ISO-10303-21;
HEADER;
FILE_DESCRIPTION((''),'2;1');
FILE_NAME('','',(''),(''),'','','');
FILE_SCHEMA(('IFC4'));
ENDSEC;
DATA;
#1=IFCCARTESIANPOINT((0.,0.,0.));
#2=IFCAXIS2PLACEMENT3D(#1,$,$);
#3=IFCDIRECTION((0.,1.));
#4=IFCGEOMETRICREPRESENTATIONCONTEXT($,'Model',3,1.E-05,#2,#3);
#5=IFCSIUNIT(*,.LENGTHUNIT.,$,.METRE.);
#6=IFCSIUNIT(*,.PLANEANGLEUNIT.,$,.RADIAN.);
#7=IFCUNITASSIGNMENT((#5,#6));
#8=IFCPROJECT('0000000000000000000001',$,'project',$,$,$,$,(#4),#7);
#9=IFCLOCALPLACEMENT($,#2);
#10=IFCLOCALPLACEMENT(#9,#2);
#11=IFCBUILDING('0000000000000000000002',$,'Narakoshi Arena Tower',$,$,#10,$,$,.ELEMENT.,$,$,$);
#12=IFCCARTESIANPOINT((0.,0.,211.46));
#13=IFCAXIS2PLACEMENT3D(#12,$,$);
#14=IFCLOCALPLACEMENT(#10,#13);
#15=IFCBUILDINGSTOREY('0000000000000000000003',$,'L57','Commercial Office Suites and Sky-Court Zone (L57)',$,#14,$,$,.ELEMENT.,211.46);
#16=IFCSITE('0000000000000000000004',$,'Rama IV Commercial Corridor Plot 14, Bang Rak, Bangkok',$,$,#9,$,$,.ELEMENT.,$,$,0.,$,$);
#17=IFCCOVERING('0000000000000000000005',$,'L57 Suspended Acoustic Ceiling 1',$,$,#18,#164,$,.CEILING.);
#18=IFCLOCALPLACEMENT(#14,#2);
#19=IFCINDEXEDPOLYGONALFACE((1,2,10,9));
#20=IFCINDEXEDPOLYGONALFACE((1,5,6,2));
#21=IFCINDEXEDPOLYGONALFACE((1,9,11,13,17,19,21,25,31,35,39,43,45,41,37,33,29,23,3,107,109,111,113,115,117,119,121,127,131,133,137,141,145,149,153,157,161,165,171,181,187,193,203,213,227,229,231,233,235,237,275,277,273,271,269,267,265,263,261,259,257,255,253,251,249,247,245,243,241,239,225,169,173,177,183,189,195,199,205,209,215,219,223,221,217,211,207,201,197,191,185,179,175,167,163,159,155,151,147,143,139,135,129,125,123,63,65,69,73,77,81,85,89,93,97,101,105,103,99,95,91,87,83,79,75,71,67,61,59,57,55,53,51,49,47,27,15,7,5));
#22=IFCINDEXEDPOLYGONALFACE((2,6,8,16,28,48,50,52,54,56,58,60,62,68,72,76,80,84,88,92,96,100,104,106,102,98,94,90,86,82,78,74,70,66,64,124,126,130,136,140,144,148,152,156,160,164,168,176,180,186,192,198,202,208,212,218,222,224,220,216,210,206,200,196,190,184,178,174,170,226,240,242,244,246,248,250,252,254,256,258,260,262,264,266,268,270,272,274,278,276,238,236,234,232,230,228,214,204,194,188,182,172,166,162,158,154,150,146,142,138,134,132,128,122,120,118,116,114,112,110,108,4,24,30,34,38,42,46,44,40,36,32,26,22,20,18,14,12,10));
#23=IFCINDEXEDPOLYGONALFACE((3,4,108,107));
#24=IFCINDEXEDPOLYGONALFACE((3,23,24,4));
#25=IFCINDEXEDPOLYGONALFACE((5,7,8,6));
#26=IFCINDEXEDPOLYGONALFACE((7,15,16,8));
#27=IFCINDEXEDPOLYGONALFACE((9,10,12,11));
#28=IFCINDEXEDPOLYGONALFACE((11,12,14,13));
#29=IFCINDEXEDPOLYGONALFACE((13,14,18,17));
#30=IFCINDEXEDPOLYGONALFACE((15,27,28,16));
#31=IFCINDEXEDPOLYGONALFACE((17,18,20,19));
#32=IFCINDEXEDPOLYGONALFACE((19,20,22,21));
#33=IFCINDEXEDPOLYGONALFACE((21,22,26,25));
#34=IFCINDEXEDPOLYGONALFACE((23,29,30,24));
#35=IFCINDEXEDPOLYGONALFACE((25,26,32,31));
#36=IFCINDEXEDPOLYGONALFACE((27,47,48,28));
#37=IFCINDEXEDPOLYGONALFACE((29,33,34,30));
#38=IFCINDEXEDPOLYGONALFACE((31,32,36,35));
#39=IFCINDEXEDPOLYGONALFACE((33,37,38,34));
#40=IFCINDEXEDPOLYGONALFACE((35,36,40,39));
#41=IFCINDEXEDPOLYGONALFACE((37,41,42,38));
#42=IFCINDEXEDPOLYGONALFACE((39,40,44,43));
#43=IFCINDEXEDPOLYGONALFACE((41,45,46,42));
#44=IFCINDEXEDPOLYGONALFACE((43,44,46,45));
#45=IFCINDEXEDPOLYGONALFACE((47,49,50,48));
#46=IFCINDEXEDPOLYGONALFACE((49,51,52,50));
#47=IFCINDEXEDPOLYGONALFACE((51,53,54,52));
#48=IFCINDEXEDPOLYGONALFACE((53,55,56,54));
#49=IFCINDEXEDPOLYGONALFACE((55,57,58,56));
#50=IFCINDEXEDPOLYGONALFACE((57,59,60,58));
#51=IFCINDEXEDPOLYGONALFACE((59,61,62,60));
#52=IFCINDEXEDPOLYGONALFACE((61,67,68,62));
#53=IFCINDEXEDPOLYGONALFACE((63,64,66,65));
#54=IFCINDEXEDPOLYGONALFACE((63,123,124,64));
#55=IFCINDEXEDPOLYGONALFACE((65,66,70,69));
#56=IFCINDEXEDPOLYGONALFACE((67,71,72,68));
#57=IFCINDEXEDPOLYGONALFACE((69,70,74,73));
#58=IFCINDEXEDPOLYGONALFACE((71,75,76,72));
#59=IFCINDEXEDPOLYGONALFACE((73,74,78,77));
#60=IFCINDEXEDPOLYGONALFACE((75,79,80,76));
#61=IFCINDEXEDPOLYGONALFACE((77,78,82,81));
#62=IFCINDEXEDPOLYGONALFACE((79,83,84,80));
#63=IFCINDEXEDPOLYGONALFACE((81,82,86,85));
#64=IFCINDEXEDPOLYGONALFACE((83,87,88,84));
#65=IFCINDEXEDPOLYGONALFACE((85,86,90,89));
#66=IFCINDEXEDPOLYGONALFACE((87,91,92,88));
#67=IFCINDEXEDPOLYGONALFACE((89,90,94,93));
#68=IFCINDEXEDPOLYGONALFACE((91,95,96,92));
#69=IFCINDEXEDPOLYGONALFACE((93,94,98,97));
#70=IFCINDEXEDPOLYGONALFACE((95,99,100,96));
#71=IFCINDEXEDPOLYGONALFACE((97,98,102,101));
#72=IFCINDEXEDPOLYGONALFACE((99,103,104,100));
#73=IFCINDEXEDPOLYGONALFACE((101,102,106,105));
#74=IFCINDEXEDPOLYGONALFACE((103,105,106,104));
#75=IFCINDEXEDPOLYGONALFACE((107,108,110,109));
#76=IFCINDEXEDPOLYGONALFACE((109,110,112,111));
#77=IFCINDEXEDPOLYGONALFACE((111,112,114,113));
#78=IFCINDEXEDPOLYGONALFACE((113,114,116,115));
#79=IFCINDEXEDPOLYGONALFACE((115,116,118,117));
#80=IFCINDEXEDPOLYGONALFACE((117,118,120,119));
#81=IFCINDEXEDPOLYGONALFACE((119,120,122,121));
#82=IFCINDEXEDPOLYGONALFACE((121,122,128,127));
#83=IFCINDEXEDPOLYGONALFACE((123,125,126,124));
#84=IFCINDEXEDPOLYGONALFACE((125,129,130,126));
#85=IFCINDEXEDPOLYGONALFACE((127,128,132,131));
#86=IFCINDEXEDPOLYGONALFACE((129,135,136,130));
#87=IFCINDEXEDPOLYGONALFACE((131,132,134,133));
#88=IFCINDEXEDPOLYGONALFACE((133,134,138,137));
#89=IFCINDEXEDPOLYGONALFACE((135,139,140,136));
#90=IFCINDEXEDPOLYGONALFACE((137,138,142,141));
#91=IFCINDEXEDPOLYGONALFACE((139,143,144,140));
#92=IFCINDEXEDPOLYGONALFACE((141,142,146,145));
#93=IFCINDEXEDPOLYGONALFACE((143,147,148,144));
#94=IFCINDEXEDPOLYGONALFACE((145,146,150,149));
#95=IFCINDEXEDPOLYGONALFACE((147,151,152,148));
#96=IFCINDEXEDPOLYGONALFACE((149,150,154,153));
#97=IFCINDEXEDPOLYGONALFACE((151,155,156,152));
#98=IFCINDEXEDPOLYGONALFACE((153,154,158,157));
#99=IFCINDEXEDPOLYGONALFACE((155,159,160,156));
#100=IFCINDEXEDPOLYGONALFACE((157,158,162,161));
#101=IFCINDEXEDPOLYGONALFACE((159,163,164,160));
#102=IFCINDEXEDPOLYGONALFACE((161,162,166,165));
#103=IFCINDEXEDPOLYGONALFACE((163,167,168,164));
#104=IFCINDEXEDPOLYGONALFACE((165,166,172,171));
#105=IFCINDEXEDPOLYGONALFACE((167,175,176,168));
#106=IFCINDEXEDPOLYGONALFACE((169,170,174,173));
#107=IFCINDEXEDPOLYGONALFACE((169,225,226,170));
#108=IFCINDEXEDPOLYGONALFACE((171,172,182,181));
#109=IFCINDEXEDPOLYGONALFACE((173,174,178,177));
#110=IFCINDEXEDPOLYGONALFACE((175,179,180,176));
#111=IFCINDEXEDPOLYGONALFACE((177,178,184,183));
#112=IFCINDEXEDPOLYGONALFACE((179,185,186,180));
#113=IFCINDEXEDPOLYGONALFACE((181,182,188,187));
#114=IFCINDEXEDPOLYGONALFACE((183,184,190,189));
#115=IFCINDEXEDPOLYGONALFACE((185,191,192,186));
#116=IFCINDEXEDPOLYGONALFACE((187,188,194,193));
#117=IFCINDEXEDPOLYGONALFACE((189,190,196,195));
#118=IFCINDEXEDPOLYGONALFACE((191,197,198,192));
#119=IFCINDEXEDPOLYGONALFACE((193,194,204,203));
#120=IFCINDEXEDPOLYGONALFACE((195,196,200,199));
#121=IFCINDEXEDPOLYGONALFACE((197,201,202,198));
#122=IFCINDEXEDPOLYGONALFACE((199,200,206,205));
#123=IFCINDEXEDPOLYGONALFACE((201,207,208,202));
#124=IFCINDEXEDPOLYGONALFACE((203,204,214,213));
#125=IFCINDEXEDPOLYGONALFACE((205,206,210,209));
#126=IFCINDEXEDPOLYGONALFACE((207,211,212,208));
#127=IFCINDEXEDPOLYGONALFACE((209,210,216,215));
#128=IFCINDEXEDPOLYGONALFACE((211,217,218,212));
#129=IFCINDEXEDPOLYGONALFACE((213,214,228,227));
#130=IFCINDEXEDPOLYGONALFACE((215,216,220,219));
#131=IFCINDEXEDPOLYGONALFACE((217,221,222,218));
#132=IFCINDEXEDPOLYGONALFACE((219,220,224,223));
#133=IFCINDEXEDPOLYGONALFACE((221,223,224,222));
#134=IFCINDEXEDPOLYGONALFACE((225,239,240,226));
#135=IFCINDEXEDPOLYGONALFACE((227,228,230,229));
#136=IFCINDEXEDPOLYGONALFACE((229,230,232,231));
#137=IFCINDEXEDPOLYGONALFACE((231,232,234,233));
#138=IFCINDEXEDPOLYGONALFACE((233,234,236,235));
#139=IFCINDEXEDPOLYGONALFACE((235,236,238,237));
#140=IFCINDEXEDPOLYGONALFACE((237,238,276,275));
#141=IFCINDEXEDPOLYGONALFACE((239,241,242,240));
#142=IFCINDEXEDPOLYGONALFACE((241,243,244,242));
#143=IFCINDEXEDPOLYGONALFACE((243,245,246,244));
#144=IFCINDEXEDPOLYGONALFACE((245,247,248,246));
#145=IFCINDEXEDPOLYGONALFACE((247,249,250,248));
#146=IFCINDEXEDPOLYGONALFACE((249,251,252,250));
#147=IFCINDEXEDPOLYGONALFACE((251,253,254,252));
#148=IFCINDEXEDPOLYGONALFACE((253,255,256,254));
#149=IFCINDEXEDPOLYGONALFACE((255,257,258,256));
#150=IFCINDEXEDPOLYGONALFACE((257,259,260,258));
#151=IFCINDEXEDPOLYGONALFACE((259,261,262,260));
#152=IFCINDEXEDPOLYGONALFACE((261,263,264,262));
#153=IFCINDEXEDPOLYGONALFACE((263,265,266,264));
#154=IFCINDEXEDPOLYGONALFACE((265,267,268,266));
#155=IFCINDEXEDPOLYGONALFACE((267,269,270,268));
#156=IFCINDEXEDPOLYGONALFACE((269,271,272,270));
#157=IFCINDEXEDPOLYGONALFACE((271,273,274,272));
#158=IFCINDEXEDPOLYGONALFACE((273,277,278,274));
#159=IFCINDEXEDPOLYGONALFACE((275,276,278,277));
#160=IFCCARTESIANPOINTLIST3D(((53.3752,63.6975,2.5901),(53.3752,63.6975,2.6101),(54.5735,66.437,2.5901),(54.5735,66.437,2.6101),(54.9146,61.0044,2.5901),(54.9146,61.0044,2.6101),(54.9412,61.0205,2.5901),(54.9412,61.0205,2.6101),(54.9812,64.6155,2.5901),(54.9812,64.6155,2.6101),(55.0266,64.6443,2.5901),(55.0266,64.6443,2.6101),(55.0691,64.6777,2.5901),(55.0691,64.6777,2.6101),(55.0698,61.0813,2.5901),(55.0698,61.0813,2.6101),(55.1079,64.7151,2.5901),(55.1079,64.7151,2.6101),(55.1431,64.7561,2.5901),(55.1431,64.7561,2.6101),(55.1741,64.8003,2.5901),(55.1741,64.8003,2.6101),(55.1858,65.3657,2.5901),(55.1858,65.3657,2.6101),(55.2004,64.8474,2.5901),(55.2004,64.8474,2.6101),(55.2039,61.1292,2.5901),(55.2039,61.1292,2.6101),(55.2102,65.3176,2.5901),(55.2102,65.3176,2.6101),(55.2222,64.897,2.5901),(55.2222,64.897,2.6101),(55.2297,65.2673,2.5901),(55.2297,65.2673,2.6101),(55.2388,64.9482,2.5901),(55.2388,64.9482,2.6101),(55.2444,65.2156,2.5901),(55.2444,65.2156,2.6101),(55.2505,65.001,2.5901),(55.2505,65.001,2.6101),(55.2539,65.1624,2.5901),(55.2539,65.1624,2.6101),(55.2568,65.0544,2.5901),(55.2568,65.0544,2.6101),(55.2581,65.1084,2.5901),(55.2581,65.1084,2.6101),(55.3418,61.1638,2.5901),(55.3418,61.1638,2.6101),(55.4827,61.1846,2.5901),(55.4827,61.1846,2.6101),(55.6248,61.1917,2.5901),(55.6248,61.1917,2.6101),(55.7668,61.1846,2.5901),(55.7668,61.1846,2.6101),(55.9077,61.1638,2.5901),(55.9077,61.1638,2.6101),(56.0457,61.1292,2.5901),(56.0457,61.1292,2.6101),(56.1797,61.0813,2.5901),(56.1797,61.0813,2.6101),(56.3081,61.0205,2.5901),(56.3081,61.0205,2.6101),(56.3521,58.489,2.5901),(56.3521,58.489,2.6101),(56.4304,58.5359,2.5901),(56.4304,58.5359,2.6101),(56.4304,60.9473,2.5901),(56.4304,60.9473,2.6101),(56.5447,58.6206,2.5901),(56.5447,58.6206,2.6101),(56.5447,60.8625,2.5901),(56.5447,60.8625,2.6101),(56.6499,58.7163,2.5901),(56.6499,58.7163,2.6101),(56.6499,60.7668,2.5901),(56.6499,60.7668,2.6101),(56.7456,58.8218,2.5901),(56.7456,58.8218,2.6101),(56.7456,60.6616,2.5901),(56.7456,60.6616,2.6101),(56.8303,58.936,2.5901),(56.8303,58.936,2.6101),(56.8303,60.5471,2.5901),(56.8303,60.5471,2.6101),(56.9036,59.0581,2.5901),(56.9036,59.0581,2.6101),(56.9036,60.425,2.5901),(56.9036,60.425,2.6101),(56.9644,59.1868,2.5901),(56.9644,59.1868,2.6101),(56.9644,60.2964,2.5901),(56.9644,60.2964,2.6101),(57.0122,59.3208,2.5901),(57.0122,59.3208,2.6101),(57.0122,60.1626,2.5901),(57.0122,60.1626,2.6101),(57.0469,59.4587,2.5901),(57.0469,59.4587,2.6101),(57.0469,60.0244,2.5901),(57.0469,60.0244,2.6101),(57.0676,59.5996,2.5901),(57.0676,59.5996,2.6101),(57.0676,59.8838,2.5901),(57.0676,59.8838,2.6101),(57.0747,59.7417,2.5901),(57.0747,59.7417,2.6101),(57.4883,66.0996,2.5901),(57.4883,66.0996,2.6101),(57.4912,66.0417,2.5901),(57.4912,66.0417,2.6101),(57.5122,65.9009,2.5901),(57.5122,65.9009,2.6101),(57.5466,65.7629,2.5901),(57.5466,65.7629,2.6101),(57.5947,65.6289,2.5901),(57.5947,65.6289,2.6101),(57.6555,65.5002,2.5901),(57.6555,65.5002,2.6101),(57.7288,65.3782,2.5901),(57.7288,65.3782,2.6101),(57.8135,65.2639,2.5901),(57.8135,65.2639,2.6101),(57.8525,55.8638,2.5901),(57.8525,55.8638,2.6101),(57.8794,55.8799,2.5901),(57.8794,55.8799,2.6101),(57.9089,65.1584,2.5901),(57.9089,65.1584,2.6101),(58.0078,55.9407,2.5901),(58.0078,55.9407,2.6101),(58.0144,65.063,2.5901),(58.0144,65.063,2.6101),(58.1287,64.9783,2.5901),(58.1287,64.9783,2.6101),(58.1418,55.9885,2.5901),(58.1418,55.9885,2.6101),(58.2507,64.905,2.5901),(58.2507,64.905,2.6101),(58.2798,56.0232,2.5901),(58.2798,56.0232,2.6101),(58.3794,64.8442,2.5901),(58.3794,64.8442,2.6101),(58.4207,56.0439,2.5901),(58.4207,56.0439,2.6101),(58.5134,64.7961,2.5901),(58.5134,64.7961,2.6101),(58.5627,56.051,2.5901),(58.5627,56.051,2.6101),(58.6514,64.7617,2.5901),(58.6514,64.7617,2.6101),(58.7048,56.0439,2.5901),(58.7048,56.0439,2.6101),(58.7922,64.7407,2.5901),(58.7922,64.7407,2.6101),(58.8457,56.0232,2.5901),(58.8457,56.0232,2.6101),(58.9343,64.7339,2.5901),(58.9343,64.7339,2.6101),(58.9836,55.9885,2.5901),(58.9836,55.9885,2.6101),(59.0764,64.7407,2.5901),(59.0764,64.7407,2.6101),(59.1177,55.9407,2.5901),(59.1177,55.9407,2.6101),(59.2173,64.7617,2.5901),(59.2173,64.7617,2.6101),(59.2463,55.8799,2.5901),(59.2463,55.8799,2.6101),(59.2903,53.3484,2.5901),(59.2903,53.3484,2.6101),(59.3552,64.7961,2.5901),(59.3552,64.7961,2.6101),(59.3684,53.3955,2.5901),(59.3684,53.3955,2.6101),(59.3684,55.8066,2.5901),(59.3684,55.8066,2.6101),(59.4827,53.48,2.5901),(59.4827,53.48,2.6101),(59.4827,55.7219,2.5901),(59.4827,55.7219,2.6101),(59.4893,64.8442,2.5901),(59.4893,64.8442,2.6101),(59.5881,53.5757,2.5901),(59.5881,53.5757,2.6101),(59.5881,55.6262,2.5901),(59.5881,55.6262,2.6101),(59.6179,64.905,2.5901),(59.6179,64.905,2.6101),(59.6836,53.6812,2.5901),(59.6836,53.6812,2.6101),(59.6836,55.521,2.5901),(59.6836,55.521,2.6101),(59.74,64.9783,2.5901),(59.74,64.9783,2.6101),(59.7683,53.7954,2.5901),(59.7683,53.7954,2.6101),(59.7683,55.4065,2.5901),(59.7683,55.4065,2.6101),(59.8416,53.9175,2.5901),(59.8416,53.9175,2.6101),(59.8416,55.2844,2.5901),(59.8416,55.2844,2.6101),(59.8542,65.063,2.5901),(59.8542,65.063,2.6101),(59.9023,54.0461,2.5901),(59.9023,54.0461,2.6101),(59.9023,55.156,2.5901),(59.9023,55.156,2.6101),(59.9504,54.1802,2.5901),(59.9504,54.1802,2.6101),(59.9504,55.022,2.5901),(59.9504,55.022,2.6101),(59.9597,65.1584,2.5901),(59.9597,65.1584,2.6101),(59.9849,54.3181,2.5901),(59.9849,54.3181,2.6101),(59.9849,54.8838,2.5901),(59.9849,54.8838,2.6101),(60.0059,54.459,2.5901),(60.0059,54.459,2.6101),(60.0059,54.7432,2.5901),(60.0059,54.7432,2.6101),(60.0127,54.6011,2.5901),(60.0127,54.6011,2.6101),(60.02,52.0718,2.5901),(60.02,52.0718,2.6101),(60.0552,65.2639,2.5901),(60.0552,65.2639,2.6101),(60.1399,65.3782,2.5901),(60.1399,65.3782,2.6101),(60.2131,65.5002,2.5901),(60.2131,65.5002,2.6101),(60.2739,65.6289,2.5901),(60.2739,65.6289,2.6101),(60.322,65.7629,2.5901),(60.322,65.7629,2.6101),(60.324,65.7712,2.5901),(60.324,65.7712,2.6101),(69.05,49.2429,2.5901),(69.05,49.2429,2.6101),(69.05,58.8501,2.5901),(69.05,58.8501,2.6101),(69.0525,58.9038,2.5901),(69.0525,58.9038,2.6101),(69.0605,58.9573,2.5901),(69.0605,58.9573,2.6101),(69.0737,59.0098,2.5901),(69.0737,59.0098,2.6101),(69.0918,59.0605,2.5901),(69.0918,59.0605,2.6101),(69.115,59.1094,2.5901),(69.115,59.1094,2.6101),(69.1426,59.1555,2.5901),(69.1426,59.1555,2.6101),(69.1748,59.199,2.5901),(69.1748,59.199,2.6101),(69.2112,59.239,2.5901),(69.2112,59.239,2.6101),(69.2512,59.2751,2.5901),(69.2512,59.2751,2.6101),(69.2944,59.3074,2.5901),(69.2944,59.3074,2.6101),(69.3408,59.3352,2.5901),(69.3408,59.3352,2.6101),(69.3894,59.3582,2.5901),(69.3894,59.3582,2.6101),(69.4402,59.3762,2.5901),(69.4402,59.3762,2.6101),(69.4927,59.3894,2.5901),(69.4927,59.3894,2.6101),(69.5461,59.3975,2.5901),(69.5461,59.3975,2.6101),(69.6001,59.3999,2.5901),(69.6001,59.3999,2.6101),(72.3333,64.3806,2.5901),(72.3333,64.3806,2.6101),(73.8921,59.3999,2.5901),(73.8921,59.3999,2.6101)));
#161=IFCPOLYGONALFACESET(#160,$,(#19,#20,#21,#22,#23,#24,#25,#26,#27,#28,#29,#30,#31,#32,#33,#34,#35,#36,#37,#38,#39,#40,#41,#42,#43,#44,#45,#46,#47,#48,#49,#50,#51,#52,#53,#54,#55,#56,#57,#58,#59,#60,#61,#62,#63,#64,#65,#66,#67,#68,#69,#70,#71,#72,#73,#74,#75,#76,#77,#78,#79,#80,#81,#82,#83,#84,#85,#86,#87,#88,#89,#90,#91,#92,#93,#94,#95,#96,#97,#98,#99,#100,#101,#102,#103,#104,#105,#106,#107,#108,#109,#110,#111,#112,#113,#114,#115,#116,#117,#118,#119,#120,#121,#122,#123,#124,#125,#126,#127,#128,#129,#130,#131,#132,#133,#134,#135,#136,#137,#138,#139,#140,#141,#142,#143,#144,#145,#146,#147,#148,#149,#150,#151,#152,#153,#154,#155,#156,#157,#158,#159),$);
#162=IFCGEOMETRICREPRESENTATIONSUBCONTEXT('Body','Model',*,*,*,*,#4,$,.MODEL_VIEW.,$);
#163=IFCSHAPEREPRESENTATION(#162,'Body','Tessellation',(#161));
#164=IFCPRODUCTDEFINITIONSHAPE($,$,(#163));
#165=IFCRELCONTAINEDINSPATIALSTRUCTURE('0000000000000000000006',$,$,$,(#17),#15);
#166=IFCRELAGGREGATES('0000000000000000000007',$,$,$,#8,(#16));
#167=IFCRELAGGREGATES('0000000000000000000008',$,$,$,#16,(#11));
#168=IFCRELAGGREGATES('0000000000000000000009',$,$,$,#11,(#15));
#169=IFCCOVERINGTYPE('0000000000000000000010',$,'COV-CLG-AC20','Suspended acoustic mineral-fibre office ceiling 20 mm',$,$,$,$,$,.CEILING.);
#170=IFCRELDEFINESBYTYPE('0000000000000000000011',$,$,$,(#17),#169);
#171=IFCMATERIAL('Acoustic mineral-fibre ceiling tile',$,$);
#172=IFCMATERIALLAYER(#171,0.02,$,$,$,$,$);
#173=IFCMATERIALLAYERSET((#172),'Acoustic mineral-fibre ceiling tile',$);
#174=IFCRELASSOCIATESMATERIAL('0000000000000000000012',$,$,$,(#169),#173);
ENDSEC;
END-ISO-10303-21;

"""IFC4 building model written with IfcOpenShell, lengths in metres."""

from ifc_helpers import new_model, si_unit, direction, frame, origin, place, context, subcontext, project, spatial, polyline, outline, extrude, material, layer, layer_set, type_object, element, save


model = new_model("IFC4")

# Units and contexts
model_context = context("Model", 3, precision=1e-05, world=origin(), true_north=direction((0.0, 1.0)))
body_context = subcontext(model_context, "Body", "Model", "MODEL_VIEW")
ifc_project = project(units=[si_unit("LENGTHUNIT", "METRE"), si_unit("PLANEANGLEUNIT", "RADIAN")], contexts=[model_context])

# Site, building, storey
site_placement = place(None, origin())
site = spatial("IfcSite", under=ifc_project, at=site_placement, Name="Rama IV Commercial Corridor Plot 14, Bang Rak, Bangkok", CompositionType="ELEMENT", RefElevation=0.0)
building_placement = place(site_placement, origin())
building = spatial("IfcBuilding", under=site, at=building_placement, Name="Narakoshi Arena Tower", CompositionType="ELEMENT")
storey_placement = place(building_placement, frame((0.0, 0.0, 211.46)))
storey = spatial("IfcBuildingStorey", under=building, at=storey_placement, Name="L57", Description="Commercial Office Suites and Sky-Court Zone (L57)", CompositionType="ELEMENT", Elevation=211.46)

# Covering
ifc_material_1 = material(Name="Acoustic mineral-fibre ceiling tile")
ifc_layer_1 = layer(ifc_material_1, 0.02)
ifc_layer_set_1 = layer_set([ifc_layer_1], Name="Acoustic mineral-fibre ceiling tile")
covering_type_1 = type_object("IfcCoveringType", Name="COV-CLG-AC20", Description="Suspended acoustic mineral-fibre office ceiling 20 mm", PredefinedType="CEILING", material=ifc_layer_set_1)
covering_1_placement = place(storey_placement, frame((0.0, 0.0, 2.5901)))
element("IfcCovering", 1, at=covering_1_placement, inside=storey, type_object=covering_type_1, Name="L57 Suspended Acoustic Ceiling 1", PredefinedType="CEILING", context=body_context, shape_type="SweptSolid", body=[
    extrude(outline(polyline([(54.9812, 64.6155), (55.0266, 64.6443), (55.0691, 64.6777), (55.1079, 64.7151), (55.1431, 64.7561), (55.1741, 64.8003), (55.2004, 64.8474), (55.2222, 64.897), (55.2388, 64.9482), (55.2505, 65.001), (55.2568, 65.0544), (55.2581, 65.1084), (55.2539, 65.1624), (55.2444, 65.2156), (55.2297, 65.2673), (55.2102, 65.3176), (55.1858, 65.3657), (54.5735, 66.437), (57.4883, 66.0996), (57.4912, 66.0417), (57.5122, 65.9009), (57.5466, 65.7629), (57.5947, 65.6289), (57.6555, 65.5002), (57.7288, 65.3782), (57.8135, 65.2639), (57.9089, 65.1584), (58.0144, 65.063), (58.1287, 64.9783), (58.2507, 64.905), (58.3794, 64.8442), (58.5134, 64.7961), (58.6514, 64.7617), (58.7922, 64.7407), (58.9343, 64.7339), (59.0764, 64.7407), (59.2173, 64.7617), (59.3552, 64.7961), (59.4893, 64.8442), (59.6179, 64.905), (59.74, 64.9783), (59.8542, 65.063), (59.9597, 65.1584), (60.0552, 65.2639), (60.1399, 65.3782), (60.2131, 65.5002), (60.2739, 65.6289), (60.322, 65.7629), (60.324, 65.7712), (72.3333, 64.3806), (73.8921, 59.3999), (69.6001, 59.3999), (69.5461, 59.3975), (69.4927, 59.3894), (69.4402, 59.3762), (69.3894, 59.3582), (69.3408, 59.3352), (69.2944, 59.3074), (69.2512, 59.2751), (69.2112, 59.239), (69.1748, 59.199), (69.1426, 59.1555), (69.115, 59.1094), (69.0918, 59.0605), (69.0737, 59.0098), (69.0605, 58.9573), (69.0525, 58.9038), (69.05, 58.8501), (69.05, 49.2429), (60.02, 52.0718), (59.2903, 53.3484), (59.3684, 53.3955), (59.4827, 53.48), (59.5881, 53.5757), (59.6836, 53.6812), (59.7683, 53.7954), (59.8416, 53.9175), (59.9023, 54.0461), (59.9504, 54.1802), (59.9849, 54.3181), (60.0059, 54.459), (60.0127, 54.6011), (60.0059, 54.7432), (59.9849, 54.8838), (59.9504, 55.022), (59.9023, 55.156), (59.8416, 55.2844), (59.7683, 55.4065), (59.6836, 55.521), (59.5881, 55.6262), (59.4827, 55.7219), (59.3684, 55.8066), (59.2463, 55.8799), (59.1177, 55.9407), (58.9836, 55.9885), (58.8457, 56.0232), (58.7048, 56.0439), (58.5627, 56.051), (58.4207, 56.0439), (58.2798, 56.0232), (58.1418, 55.9885), (58.0078, 55.9407), (57.8794, 55.8799), (57.8525, 55.8638), (56.3521, 58.489), (56.4304, 58.5359), (56.5447, 58.6206), (56.6499, 58.7163), (56.7456, 58.8218), (56.8303, 58.936), (56.9036, 59.0581), (56.9644, 59.1868), (57.0122, 59.3208), (57.0469, 59.4587), (57.0676, 59.5996), (57.0747, 59.7417), (57.0676, 59.8838), (57.0469, 60.0244), (57.0122, 60.1626), (56.9644, 60.2964), (56.9036, 60.425), (56.8303, 60.5471), (56.7456, 60.6616), (56.6499, 60.7668), (56.5447, 60.8625), (56.4304, 60.9473), (56.3081, 61.0205), (56.1797, 61.0813), (56.0457, 61.1292), (55.9077, 61.1638), (55.7668, 61.1846), (55.6248, 61.1917), (55.4827, 61.1846), (55.3418, 61.1638), (55.2039, 61.1292), (55.0698, 61.0813), (54.9412, 61.0205), (54.9146, 61.0044), (53.3752, 63.6975), (54.9812, 64.6155)])), origin(), (0.0, 0.0, 1.0), 0.02),
])

save(model, "model.ifc")
